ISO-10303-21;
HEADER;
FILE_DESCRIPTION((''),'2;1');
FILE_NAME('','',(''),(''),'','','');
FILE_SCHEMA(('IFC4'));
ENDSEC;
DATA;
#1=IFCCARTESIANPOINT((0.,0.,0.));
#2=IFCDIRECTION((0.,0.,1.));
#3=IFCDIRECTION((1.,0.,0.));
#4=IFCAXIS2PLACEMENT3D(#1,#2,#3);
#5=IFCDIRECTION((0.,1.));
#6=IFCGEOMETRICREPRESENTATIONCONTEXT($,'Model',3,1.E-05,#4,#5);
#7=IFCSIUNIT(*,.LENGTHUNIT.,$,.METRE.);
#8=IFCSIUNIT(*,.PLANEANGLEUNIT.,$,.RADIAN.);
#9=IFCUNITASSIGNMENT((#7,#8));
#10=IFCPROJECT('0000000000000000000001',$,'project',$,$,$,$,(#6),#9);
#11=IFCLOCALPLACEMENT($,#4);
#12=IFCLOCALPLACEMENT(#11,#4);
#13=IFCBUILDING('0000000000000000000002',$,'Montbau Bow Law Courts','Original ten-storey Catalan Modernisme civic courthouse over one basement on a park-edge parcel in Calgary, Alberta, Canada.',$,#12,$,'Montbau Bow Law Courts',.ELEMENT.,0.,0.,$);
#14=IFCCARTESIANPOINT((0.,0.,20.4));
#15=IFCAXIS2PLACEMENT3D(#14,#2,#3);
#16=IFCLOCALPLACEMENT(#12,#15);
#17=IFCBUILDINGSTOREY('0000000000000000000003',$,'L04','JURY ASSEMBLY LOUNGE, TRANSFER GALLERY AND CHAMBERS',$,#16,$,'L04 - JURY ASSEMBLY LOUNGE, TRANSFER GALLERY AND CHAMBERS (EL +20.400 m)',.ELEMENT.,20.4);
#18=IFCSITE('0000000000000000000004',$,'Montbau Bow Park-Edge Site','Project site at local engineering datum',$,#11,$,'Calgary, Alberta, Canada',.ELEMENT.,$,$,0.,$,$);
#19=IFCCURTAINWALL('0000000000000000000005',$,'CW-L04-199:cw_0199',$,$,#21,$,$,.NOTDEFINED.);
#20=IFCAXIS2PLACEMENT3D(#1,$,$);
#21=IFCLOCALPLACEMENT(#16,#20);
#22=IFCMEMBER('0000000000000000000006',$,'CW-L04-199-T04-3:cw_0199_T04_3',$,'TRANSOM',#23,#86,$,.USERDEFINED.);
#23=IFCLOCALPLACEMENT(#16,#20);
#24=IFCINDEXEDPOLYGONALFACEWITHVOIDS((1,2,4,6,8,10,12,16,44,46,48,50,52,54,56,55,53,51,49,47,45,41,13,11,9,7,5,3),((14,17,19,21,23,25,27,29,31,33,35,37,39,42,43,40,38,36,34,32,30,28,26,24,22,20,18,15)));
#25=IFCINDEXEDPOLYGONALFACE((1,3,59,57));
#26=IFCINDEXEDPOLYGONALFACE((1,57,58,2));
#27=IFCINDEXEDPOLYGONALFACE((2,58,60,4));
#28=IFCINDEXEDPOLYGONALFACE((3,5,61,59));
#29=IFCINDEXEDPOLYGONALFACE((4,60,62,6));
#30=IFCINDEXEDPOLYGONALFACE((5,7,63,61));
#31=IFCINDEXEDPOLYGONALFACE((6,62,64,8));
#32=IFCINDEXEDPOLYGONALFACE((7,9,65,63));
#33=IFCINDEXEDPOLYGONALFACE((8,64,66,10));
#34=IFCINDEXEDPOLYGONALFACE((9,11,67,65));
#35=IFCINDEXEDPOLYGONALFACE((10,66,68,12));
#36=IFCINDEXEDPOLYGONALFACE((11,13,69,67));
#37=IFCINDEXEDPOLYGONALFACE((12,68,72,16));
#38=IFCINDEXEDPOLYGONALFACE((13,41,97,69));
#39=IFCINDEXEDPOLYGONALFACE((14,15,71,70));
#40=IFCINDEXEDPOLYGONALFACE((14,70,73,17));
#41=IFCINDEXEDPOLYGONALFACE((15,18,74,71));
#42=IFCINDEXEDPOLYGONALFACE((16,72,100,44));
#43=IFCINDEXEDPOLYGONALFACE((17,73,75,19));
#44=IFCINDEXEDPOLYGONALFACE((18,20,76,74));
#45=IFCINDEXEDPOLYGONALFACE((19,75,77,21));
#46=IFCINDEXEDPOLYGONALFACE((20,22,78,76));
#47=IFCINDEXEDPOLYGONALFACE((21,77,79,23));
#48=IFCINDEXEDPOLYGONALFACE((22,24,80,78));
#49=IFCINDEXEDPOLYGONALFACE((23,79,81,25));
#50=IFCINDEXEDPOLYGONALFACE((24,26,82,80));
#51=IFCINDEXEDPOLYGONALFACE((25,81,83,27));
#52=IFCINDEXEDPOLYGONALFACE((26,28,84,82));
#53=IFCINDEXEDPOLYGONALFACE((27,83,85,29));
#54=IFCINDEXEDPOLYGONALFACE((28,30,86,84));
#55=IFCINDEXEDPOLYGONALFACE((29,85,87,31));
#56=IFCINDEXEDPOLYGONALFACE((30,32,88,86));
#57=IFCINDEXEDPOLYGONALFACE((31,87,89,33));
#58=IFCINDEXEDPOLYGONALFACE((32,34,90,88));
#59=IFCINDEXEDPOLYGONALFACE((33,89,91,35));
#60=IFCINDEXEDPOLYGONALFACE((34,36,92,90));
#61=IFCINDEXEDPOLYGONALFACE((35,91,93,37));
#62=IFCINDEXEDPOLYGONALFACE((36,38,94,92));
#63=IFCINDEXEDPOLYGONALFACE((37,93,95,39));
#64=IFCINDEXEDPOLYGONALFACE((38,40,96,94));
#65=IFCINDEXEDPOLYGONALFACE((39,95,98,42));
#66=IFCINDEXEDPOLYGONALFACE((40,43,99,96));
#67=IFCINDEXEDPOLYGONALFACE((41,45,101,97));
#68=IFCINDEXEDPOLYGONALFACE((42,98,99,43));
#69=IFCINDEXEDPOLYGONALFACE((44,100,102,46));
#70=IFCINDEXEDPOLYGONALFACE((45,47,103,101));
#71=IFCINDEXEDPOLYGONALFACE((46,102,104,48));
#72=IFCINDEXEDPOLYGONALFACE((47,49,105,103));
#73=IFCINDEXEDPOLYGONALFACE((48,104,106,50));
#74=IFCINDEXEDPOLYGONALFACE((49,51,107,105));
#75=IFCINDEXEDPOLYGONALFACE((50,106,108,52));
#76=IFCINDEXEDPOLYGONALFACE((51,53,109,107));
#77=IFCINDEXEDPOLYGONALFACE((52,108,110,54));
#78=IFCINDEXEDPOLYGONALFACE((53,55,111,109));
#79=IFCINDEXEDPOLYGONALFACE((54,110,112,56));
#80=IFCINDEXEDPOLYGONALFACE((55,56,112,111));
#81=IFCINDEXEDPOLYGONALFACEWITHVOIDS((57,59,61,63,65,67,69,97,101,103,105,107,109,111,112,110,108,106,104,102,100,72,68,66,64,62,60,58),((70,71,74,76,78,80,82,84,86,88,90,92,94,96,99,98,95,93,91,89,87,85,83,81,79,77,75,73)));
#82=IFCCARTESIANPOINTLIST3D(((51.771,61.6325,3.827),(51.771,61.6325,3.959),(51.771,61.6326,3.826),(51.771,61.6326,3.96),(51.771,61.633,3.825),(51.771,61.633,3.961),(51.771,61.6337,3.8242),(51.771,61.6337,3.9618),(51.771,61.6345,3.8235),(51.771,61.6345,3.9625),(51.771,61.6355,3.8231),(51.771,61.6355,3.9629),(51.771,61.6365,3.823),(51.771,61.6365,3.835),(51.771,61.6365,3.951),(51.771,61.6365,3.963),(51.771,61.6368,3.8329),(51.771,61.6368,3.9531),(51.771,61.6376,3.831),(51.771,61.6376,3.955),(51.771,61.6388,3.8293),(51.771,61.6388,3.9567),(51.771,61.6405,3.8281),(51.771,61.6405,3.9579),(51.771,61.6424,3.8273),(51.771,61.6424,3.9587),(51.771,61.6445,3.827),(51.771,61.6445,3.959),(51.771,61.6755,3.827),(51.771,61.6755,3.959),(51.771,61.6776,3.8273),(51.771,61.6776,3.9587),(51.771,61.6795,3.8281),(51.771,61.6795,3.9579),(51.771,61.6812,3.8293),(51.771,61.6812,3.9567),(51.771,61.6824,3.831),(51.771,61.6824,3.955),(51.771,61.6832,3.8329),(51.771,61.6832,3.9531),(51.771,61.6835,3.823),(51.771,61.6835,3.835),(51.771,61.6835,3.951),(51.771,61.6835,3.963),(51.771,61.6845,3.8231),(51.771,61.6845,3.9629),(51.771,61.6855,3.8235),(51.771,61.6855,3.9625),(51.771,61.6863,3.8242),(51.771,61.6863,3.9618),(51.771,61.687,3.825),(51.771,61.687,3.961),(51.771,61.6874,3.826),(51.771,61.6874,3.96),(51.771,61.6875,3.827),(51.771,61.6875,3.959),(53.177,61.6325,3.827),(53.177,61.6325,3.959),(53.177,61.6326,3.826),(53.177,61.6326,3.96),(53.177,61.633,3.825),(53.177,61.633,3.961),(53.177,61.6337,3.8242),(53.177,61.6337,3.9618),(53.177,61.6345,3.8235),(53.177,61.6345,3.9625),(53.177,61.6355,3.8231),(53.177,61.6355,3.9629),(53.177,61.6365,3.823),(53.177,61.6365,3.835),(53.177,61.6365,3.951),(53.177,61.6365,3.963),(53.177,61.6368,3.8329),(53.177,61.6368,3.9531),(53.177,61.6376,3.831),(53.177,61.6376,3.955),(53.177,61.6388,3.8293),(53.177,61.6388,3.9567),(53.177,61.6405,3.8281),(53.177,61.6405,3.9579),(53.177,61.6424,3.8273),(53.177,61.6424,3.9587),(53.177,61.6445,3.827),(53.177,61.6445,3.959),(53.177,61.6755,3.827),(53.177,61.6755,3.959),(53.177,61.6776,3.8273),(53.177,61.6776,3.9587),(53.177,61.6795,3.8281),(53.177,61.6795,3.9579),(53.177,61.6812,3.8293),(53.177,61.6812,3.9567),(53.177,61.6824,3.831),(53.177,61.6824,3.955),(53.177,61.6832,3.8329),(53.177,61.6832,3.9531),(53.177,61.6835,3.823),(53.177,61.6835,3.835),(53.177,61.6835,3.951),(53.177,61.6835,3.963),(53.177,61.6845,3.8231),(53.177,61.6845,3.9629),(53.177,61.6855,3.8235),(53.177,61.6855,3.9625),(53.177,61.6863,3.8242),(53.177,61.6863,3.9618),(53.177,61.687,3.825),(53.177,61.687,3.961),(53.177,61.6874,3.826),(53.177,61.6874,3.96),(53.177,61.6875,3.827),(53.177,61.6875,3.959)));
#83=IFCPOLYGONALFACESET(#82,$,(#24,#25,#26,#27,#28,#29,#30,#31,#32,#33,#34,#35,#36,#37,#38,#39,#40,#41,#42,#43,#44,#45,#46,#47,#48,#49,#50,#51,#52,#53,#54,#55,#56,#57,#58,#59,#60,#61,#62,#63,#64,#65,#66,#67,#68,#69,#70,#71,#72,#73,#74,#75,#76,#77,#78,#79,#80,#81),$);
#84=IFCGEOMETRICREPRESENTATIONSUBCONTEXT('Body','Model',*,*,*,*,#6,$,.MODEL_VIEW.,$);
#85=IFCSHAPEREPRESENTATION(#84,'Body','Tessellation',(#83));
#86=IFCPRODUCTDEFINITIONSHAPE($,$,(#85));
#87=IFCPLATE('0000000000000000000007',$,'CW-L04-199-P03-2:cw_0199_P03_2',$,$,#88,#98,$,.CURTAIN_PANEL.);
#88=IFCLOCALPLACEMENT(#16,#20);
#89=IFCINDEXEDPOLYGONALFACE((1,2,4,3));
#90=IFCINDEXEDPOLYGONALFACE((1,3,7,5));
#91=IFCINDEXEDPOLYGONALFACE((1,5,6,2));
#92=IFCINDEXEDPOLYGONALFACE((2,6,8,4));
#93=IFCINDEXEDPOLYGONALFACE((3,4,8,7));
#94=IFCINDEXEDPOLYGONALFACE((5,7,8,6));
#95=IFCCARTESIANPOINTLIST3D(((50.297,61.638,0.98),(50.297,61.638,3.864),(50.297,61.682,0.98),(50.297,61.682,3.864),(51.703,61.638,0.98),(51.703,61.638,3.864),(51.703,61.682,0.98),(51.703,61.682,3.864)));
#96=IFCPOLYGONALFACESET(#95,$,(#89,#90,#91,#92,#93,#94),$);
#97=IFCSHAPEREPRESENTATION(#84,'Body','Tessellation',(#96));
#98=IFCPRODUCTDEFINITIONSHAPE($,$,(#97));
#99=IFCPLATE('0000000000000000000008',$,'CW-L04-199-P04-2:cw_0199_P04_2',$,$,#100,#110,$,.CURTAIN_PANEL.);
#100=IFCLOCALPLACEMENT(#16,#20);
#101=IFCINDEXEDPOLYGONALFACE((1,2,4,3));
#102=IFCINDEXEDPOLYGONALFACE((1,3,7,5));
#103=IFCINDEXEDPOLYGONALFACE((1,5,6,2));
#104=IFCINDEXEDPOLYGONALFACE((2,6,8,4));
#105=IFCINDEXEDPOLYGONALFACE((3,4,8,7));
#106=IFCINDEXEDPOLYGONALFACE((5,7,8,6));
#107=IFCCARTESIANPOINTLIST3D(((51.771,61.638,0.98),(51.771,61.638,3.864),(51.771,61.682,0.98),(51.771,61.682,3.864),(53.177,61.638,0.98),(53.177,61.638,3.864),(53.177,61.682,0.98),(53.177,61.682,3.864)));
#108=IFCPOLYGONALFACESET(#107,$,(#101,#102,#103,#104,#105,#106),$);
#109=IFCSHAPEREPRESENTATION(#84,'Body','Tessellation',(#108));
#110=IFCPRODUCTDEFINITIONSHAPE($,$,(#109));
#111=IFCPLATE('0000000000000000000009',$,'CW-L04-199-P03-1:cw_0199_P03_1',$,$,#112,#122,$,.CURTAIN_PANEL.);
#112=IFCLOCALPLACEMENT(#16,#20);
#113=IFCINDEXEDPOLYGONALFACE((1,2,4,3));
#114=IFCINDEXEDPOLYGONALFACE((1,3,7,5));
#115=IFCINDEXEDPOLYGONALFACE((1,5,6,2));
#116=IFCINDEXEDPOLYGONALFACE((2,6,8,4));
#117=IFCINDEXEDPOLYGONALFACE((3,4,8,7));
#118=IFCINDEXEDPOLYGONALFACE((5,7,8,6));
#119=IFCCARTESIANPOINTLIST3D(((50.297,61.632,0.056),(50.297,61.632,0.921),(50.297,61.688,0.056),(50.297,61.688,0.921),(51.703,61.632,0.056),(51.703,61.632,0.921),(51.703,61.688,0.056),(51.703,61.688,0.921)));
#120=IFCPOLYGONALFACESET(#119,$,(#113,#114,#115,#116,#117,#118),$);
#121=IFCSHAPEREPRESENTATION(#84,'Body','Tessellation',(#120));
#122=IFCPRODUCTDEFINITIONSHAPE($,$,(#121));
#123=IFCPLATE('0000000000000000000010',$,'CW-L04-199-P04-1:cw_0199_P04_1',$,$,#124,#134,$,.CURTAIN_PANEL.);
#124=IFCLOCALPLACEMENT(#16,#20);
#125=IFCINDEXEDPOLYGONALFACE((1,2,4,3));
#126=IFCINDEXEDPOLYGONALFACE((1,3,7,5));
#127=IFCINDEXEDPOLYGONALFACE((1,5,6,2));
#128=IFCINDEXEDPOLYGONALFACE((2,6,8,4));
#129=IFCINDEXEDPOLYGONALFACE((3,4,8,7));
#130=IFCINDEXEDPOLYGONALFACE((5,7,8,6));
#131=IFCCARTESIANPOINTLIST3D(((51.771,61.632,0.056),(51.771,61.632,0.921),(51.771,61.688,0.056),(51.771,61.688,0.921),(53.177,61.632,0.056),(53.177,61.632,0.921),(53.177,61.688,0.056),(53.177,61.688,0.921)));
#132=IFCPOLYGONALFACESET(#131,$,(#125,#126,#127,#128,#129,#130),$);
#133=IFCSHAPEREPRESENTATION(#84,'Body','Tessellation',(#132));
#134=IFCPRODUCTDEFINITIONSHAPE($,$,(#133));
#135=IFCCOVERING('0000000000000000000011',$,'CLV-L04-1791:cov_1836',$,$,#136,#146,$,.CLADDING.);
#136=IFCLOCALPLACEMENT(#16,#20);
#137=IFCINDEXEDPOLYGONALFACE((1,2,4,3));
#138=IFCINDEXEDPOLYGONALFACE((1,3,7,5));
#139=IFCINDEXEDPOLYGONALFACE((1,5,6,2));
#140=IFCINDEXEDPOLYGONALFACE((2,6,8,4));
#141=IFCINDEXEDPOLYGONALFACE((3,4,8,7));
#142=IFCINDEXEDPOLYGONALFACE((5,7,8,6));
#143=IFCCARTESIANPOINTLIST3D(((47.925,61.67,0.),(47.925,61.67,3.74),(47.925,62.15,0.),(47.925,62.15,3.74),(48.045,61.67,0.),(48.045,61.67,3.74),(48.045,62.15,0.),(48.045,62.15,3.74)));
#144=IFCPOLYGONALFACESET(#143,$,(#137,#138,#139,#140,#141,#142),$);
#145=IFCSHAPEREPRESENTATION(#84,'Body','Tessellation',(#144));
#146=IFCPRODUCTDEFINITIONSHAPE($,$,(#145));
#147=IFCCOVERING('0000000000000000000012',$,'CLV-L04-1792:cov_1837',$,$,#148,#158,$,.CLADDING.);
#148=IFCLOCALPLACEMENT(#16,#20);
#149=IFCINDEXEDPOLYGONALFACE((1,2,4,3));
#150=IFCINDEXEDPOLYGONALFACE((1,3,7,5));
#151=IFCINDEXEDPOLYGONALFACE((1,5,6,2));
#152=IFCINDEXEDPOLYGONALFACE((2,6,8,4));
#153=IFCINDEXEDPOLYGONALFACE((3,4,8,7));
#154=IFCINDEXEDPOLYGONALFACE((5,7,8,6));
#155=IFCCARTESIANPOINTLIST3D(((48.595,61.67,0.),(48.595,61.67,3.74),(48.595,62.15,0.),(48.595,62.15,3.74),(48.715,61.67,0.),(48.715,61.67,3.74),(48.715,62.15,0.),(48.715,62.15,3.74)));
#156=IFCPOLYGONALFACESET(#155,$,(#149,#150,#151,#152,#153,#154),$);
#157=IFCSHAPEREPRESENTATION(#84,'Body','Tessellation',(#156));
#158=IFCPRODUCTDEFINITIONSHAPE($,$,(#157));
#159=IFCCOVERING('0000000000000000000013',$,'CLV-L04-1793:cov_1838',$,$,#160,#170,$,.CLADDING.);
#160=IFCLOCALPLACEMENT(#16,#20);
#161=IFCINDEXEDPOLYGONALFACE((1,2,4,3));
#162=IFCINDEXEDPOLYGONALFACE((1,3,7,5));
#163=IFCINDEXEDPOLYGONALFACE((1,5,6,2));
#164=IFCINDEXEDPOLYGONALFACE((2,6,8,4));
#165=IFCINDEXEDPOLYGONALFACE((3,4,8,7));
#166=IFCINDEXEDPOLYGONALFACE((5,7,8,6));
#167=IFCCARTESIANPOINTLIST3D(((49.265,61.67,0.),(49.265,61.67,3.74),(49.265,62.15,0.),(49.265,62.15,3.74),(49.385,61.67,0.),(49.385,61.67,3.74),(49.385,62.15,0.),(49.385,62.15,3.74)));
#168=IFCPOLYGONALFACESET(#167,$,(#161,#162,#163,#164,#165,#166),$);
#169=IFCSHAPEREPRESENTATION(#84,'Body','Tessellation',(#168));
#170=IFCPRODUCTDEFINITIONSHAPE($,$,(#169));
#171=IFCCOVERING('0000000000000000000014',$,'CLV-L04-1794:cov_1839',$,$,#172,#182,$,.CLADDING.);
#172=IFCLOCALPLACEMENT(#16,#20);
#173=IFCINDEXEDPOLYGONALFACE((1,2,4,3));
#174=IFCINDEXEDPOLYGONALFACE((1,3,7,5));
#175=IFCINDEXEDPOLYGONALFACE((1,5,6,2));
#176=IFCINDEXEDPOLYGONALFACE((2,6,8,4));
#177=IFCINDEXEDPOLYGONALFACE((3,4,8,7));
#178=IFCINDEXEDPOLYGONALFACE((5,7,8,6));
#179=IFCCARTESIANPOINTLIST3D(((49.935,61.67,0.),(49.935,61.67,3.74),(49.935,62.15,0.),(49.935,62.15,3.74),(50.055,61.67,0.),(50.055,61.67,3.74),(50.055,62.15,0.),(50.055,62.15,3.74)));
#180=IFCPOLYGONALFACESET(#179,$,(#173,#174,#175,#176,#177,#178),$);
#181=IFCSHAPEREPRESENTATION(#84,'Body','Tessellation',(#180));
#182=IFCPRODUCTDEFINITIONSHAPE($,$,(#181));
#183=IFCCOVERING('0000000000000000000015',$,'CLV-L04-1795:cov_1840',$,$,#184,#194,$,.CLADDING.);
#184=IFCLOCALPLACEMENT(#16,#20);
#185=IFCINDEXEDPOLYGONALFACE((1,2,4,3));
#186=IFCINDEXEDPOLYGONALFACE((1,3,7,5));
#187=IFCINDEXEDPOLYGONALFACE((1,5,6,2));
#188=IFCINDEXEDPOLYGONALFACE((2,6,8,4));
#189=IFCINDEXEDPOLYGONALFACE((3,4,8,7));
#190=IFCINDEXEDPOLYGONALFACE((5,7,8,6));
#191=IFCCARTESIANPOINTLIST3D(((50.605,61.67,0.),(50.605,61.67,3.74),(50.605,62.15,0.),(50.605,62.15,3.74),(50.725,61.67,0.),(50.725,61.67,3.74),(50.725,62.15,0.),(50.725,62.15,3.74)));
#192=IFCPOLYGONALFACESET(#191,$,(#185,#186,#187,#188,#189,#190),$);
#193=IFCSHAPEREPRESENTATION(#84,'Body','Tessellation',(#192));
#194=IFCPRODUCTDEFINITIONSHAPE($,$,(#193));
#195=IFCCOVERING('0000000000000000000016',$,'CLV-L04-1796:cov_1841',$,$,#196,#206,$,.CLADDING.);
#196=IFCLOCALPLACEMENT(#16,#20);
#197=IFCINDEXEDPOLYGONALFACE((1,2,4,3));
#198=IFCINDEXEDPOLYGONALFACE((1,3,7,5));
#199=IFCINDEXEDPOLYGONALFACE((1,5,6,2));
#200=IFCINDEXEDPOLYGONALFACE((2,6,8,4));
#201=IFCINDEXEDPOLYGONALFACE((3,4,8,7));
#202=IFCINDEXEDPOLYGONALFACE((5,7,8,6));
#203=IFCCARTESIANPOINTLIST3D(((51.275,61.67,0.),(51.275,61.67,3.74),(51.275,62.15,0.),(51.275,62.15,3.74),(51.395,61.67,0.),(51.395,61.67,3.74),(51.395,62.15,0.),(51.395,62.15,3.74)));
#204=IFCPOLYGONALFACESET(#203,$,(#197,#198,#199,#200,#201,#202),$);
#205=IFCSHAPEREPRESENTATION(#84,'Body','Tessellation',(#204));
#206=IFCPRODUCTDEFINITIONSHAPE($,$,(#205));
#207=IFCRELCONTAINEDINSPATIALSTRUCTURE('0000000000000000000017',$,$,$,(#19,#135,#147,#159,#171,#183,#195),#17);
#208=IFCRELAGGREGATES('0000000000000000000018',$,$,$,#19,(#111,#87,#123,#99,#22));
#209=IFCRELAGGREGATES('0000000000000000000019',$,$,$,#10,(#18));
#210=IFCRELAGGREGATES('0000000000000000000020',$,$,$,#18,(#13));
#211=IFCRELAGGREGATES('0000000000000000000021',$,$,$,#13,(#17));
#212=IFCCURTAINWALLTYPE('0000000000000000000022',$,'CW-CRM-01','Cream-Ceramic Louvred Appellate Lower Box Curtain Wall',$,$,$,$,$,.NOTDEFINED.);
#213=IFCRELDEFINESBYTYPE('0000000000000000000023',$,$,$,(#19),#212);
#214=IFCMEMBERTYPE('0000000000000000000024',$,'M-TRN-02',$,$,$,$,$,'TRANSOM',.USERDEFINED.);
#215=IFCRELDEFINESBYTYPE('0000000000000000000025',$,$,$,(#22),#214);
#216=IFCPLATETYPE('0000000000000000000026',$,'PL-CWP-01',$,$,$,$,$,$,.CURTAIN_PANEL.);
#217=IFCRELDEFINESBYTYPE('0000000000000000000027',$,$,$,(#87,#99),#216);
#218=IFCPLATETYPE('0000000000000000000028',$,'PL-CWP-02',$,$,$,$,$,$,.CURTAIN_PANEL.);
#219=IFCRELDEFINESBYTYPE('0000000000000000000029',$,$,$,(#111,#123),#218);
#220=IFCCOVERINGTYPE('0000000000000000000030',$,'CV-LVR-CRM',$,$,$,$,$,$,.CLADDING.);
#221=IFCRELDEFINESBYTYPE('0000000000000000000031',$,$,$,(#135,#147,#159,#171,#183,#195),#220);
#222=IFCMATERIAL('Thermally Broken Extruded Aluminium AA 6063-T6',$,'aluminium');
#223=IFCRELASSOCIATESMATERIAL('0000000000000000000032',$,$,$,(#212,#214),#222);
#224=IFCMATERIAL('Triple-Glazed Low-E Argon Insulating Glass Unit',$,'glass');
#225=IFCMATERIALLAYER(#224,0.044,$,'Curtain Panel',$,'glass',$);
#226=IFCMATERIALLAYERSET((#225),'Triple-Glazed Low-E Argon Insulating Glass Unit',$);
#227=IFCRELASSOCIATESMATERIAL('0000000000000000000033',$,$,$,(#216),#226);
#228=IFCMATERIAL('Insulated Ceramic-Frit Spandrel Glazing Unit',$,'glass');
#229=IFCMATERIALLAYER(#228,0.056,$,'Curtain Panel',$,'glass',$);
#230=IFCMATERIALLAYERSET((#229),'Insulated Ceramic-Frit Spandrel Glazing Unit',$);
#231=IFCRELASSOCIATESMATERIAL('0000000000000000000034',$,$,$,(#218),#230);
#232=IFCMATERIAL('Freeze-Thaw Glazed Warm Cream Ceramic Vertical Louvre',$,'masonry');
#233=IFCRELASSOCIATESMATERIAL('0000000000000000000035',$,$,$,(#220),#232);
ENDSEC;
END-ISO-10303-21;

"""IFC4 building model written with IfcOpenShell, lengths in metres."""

from ifc_helpers import new_model, si_unit, direction, frame, frame_2d, origin_with_axes, origin_2d_with_axis, place, context, subcontext, project, spatial, rectangle, hollow_rectangle, extrude, material, layer, layer_set, material_profile, profile_set, type_object, element, aggregate, save


model = new_model("IFC4")

# Units and contexts
model_context = context("Model", 3, precision=1e-05, world=origin_with_axes(), true_north=direction((0.0, 1.0)))
body_context = subcontext(model_context, "Body", "Model", "MODEL_VIEW")
ifc_project = project(units=[si_unit("LENGTHUNIT", "METRE"), si_unit("PLANEANGLEUNIT", "RADIAN")], contexts=[model_context])

# Site, building, storey
site_placement = place(None, origin_with_axes())
site = spatial("IfcSite", under=ifc_project, at=site_placement, Name="Montbau Bow Park-Edge Site", Description="Project site at local engineering datum", LongName="Calgary, Alberta, Canada", CompositionType="ELEMENT", RefElevation=0.0)
building_placement = place(site_placement, origin_with_axes())
building = spatial("IfcBuilding", under=site, at=building_placement, Name="Montbau Bow Law Courts", Description="Original ten-storey Catalan Modernisme civic courthouse over one basement on a park-edge parcel in Calgary, Alberta, Canada.", LongName="Montbau Bow Law Courts", CompositionType="ELEMENT", ElevationOfRefHeight=0.0, ElevationOfTerrain=0.0)
storey_placement = place(building_placement, frame((0.0, 0.0, 20.4), z_axis=(0.0, 0.0, 1.0), x_axis=(1.0, 0.0, 0.0)))
storey = spatial("IfcBuildingStorey", under=building, at=storey_placement, Name="L04", Description="JURY ASSEMBLY LOUNGE, TRANSFER GALLERY AND CHAMBERS", LongName="L04 - JURY ASSEMBLY LOUNGE, TRANSFER GALLERY AND CHAMBERS (EL +20.400 m)", CompositionType="ELEMENT", Elevation=20.4)

# Curtain wall, member, plates
ifc_material_1 = material(Name="Thermally Broken Extruded Aluminium AA 6063-T6", Category="aluminium")
curtain_wall_type = type_object("IfcCurtainWallType", Name="CW-CRM-01", Description="Cream-Ceramic Louvred Appellate Lower Box Curtain Wall", PredefinedType="NOTDEFINED", material=ifc_material_1)
curtain_wall_placement = place(None, frame((47.315, 61.66, 20.4), z_axis=(0.0, 0.0, 1.0), x_axis=(1.0, 0.0, 0.0)))
curtain_wall = element("IfcCurtainWall", 1, at=curtain_wall_placement, inside=storey, type_object=curtain_wall_type, Name="CW-L04-199:cw_0199", PredefinedType="NOTDEFINED")
ifc_material_profile_1 = material_profile(ifc_material_1, hollow_rectangle(XDim=0.055, YDim=0.14, WallThickness=0.004, InnerFilletRadius=0.008, OuterFilletRadius=0.004, at=origin_2d_with_axis()), Name="CWT-140X55", Category="Main", Priority=0)
ifc_profile_set_1 = profile_set([ifc_material_profile_1], Name="Thermally Broken Extruded Aluminium AA 6063-T6")
member_type_1 = type_object("IfcMemberType", Name="M-TRN-02", ElementType="TRANSOM", PredefinedType="USERDEFINED", material=ifc_profile_set_1)
member_1_placement = place(None, frame((51.771, 61.66, 24.293), z_axis=(1.0, 0.0, 0.0), x_axis=(0.0, 1.0, 0.0)))
member_1 = element("IfcMember", 2, at=member_1_placement, type_object=member_type_1, Name="CW-L04-199-T04-3:cw_0199_T04_3", ObjectType="TRANSOM", PredefinedType="USERDEFINED", context=body_context, shape_type="SweptSolid", body=[
    extrude(hollow_rectangle(XDim=0.055, YDim=0.14, WallThickness=0.004, InnerFilletRadius=0.008, OuterFilletRadius=0.004, at=origin_2d_with_axis()), origin_with_axes(), (0.0, 0.0, 1.0), 1.406),
])
ifc_material_2 = material(Name="Triple-Glazed Low-E Argon Insulating Glass Unit", Category="glass")
ifc_layer_1 = layer(ifc_material_2, 0.044, Name="Curtain Panel", Category="glass")
ifc_layer_set_1 = layer_set([ifc_layer_1], Name="Triple-Glazed Low-E Argon Insulating Glass Unit")
plate_type_1 = type_object("IfcPlateType", Name="PL-CWP-01", PredefinedType="CURTAIN_PANEL", material=ifc_layer_set_1)
plate_1_placement = place(None, frame((50.297, 61.66, 21.38), z_axis=(0.0, -1.0, 0.0), x_axis=(1.0, 0.0, 0.0)))
plate_1 = element("IfcPlate", 3, at=plate_1_placement, type_object=plate_type_1, Name="CW-L04-199-P03-2:cw_0199_P03_2", PredefinedType="CURTAIN_PANEL", context=body_context, shape_type="SweptSolid", body=[
    extrude(rectangle(XDim=1.406, YDim=2.884, at=frame_2d((0.703, 1.442), x_axis=(1.0, 0.0))), frame((0.0, 0.0, -0.022), z_axis=(0.0, 0.0, 1.0), x_axis=(1.0, 0.0, 0.0)), (0.0, 0.0, 1.0), 0.044),
])
plate_2_placement = place(None, frame((51.771, 61.66, 21.38), z_axis=(0.0, -1.0, 0.0), x_axis=(1.0, 0.0, 0.0)))
plate_2 = element("IfcPlate", 4, at=plate_2_placement, type_object=plate_type_1, Name="CW-L04-199-P04-2:cw_0199_P04_2", PredefinedType="CURTAIN_PANEL", context=body_context, shape_type="SweptSolid", body=[
    extrude(rectangle(XDim=1.406, YDim=2.884, at=frame_2d((0.703, 1.442), x_axis=(1.0, 0.0))), frame((0.0, 0.0, -0.022), z_axis=(0.0, 0.0, 1.0), x_axis=(1.0, 0.0, 0.0)), (0.0, 0.0, 1.0), 0.044),
])
ifc_material_3 = material(Name="Insulated Ceramic-Frit Spandrel Glazing Unit", Category="glass")
ifc_layer_2 = layer(ifc_material_3, 0.056, Name="Curtain Panel", Category="glass")
ifc_layer_set_2 = layer_set([ifc_layer_2], Name="Insulated Ceramic-Frit Spandrel Glazing Unit")
plate_type_2 = type_object("IfcPlateType", Name="PL-CWP-02", PredefinedType="CURTAIN_PANEL", material=ifc_layer_set_2)
plate_3_placement = place(None, frame((50.297, 61.66, 20.456), z_axis=(0.0, -1.0, 0.0), x_axis=(1.0, 0.0, 0.0)))
plate_3 = element("IfcPlate", 5, at=plate_3_placement, type_object=plate_type_2, Name="CW-L04-199-P03-1:cw_0199_P03_1", PredefinedType="CURTAIN_PANEL", context=body_context, shape_type="SweptSolid", body=[
    extrude(rectangle(XDim=1.406, YDim=0.865, at=frame_2d((0.703, 0.4325), x_axis=(1.0, 0.0))), frame((0.0, 0.0, -0.028), z_axis=(0.0, 0.0, 1.0), x_axis=(1.0, 0.0, 0.0)), (0.0, 0.0, 1.0), 0.056),
])
plate_4_placement = place(None, frame((51.771, 61.66, 20.456), z_axis=(0.0, -1.0, 0.0), x_axis=(1.0, 0.0, 0.0)))
plate_4 = element("IfcPlate", 6, at=plate_4_placement, type_object=plate_type_2, Name="CW-L04-199-P04-1:cw_0199_P04_1", PredefinedType="CURTAIN_PANEL", context=body_context, shape_type="SweptSolid", body=[
    extrude(rectangle(XDim=1.406, YDim=0.865, at=frame_2d((0.703, 0.4325), x_axis=(1.0, 0.0))), frame((0.0, 0.0, -0.028), z_axis=(0.0, 0.0, 1.0), x_axis=(1.0, 0.0, 0.0)), (0.0, 0.0, 1.0), 0.056),
])
aggregate(curtain_wall, [plate_3, plate_1, plate_4, plate_2, member_1])

# Coverings
ifc_material_4 = material(Name="Freeze-Thaw Glazed Warm Cream Ceramic Vertical Louvre", Category="masonry")
covering_type = type_object("IfcCoveringType", Name="CV-LVR-CRM", PredefinedType="CLADDING", material=ifc_material_4)
for number, where, z_axis, x_axis, name in (
    (7, (47.985, 61.67, 20.4), (1.0, 0.0, 0.0), (0.0, 1.0, 0.0), "CLV-L04-1791:cov_1836"),
    (8, (48.655, 61.67, 20.4), (1.0, 0.0, 0.0), (0.0, 1.0, 0.0), "CLV-L04-1792:cov_1837"),
    (9, (49.325, 61.67, 20.4), (1.0, 0.0, 0.0), (0.0, 1.0, 0.0), "CLV-L04-1793:cov_1838"),
    (10, (49.995, 61.67, 20.4), (1.0, 0.0, 0.0), (0.0, 1.0, 0.0), "CLV-L04-1794:cov_1839"),
    (11, (50.665, 61.67, 20.4), (1.0, 0.0, 0.0), (0.0, 1.0, 0.0), "CLV-L04-1795:cov_1840"),
    (12, (51.335, 61.67, 20.4), (1.0, 0.0, 0.0), (0.0, 1.0, 0.0), "CLV-L04-1796:cov_1841"),
):
    element("IfcCovering", number, at=place(None, frame(where, z_axis=z_axis, x_axis=x_axis)), inside=storey, type_object=covering_type, Name=name, PredefinedType="CLADDING", context=body_context, shape_type="SweptSolid", body=[
        extrude(rectangle(XDim=0.48, YDim=3.74, at=frame_2d((0.24, 1.87), x_axis=(1.0, 0.0))), frame((0.0, 0.0, -0.06), z_axis=(0.0, 0.0, 1.0), x_axis=(1.0, 0.0, 0.0)), (0.0, 0.0, 1.0), 0.12),
    ])

save(model, "model.ifc")
